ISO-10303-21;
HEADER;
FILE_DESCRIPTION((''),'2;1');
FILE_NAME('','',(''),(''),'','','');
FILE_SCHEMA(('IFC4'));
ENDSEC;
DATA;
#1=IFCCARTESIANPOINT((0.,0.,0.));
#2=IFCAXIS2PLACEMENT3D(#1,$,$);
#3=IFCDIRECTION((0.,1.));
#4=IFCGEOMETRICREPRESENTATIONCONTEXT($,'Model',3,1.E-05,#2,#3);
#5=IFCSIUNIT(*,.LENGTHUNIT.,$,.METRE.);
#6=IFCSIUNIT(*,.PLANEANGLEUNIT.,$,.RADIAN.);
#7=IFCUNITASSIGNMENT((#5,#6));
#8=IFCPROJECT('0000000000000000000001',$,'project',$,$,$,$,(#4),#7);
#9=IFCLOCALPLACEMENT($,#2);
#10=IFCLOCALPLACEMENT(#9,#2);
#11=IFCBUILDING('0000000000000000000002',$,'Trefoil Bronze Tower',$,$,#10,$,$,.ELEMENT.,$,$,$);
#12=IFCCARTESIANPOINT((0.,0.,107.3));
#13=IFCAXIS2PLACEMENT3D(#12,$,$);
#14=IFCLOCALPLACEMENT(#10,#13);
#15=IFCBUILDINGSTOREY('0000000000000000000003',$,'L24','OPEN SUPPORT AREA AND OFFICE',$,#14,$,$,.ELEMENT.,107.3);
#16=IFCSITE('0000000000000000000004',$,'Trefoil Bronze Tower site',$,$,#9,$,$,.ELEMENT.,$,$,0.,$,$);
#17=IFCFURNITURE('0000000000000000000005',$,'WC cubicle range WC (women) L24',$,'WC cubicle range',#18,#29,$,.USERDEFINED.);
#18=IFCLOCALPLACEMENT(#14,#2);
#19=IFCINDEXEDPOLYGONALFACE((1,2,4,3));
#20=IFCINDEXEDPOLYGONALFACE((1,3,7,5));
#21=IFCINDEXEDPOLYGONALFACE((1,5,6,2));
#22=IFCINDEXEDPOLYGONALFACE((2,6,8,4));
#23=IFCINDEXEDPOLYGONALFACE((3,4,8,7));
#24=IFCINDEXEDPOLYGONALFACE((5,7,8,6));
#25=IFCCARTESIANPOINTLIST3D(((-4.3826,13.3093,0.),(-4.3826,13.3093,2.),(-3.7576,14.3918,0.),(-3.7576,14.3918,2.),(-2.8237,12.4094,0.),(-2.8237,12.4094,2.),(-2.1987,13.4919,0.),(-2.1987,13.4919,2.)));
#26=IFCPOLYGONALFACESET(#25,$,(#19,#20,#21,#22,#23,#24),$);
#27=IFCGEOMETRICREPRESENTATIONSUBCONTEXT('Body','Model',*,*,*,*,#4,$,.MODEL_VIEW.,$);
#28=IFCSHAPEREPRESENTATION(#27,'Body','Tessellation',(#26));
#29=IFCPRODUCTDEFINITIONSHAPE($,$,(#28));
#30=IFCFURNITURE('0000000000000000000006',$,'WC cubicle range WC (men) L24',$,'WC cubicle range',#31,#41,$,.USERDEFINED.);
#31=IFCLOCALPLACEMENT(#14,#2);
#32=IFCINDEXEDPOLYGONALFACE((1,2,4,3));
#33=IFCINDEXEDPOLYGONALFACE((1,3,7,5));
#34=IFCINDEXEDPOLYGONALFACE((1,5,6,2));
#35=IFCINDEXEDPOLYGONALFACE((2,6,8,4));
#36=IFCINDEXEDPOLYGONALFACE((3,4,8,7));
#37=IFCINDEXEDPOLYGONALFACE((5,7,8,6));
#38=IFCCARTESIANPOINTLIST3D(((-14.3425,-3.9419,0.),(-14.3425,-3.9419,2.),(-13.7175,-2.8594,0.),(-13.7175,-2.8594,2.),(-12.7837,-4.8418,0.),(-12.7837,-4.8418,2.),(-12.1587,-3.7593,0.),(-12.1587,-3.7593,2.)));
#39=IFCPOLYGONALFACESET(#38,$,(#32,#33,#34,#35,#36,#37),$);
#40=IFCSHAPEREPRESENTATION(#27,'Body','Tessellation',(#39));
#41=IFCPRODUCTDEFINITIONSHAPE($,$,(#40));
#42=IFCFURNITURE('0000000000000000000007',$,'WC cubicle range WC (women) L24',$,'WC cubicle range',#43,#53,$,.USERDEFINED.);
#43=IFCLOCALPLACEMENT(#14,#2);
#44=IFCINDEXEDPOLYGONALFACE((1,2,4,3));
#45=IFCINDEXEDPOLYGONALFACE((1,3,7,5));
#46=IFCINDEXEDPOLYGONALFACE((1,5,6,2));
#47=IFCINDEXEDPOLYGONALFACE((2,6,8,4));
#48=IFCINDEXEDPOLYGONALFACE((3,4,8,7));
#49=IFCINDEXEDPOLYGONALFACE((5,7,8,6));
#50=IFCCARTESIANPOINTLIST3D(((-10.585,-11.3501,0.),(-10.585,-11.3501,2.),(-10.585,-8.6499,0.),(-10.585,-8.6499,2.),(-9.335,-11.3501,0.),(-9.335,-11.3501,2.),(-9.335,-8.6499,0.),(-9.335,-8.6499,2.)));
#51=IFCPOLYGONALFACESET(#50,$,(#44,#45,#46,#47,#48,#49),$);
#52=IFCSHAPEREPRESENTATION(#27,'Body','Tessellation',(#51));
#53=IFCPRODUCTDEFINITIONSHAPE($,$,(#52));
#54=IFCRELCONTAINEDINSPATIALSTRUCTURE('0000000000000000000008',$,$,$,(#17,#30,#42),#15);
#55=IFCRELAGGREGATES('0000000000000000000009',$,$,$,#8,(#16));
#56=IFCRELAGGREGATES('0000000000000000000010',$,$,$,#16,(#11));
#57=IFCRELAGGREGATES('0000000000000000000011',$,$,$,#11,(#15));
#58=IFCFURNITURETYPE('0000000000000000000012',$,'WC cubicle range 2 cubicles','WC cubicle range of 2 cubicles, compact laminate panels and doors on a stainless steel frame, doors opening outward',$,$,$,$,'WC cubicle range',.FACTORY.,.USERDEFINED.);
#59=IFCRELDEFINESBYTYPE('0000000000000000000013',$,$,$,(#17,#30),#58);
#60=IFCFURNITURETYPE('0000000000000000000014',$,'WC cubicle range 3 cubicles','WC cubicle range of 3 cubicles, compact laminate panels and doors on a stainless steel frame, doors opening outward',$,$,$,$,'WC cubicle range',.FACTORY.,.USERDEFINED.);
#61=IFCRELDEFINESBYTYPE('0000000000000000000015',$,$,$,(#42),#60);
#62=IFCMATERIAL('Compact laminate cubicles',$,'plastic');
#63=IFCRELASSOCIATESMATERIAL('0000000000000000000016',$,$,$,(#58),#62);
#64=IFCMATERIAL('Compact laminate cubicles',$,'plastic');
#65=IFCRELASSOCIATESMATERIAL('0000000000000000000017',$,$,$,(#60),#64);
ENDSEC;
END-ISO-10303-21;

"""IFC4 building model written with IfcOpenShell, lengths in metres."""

from ifc_helpers import new_model, si_unit, direction, frame, origin, place, context, subcontext, project, spatial, polyline, outline, extrude, material, type_object, element, save


model = new_model("IFC4")

# Units and contexts
model_context = context("Model", 3, precision=1e-05, world=origin(), true_north=direction((0.0, 1.0)))
body_context = subcontext(model_context, "Body", "Model", "MODEL_VIEW")
ifc_project = project(units=[si_unit("LENGTHUNIT", "METRE"), si_unit("PLANEANGLEUNIT", "RADIAN")], contexts=[model_context])

# Site, building, storey
site_placement = place(None, origin())
site = spatial("IfcSite", under=ifc_project, at=site_placement, Name="Trefoil Bronze Tower site", CompositionType="ELEMENT", RefElevation=0.0)
building_placement = place(site_placement, origin())
building = spatial("IfcBuilding", under=site, at=building_placement, Name="Trefoil Bronze Tower", CompositionType="ELEMENT")
storey_placement = place(building_placement, frame((0.0, 0.0, 107.3)))
storey = spatial("IfcBuildingStorey", under=building, at=storey_placement, Name="L24", Description="OPEN SUPPORT AREA AND OFFICE", CompositionType="ELEMENT", Elevation=107.3)

# Furniture
ifc_material_1 = material(Name="Compact laminate cubicles", Category="plastic")
furniture_type_1 = type_object("IfcFurnitureType", Name="WC cubicle range 2 cubicles", Description="WC cubicle range of 2 cubicles, compact laminate panels and doors on a stainless steel frame, doors opening outward", ElementType="WC cubicle range", AssemblyPlace="FACTORY", PredefinedType="USERDEFINED", material=ifc_material_1)
furniture_1_placement = place(storey_placement, origin())
element("IfcFurniture", 1, at=furniture_1_placement, inside=storey, type_object=furniture_type_1, Name="WC cubicle range WC (women) L24", ObjectType="WC cubicle range", PredefinedType="USERDEFINED", context=body_context, shape_type="SweptSolid", body=[
    extrude(outline(polyline([(-2.8237, 12.4094), (-2.1987, 13.4919), (-3.7576, 14.3918), (-4.3826, 13.3093), (-2.8237, 12.4094)])), origin(), (0.0, 0.0, 1.0), 2.0),
])
furniture_2_placement = place(storey_placement, origin())
element("IfcFurniture", 2, at=furniture_2_placement, inside=storey, type_object=furniture_type_1, Name="WC cubicle range WC (men) L24", ObjectType="WC cubicle range", PredefinedType="USERDEFINED", context=body_context, shape_type="SweptSolid", body=[
    extrude(outline(polyline([(-12.1587, -3.7593), (-12.7837, -4.8418), (-14.3425, -3.9419), (-13.7175, -2.8594), (-12.1587, -3.7593)])), origin(), (0.0, 0.0, 1.0), 2.0),
])
ifc_material_2 = material(Name="Compact laminate cubicles", Category="plastic")
furniture_type_2 = type_object("IfcFurnitureType", Name="WC cubicle range 3 cubicles", Description="WC cubicle range of 3 cubicles, compact laminate panels and doors on a stainless steel frame, doors opening outward", ElementType="WC cubicle range", AssemblyPlace="FACTORY", PredefinedType="USERDEFINED", material=ifc_material_2)
furniture_3_placement = place(storey_placement, origin())
element("IfcFurniture", 3, at=furniture_3_placement, inside=storey, type_object=furniture_type_2, Name="WC cubicle range WC (women) L24", ObjectType="WC cubicle range", PredefinedType="USERDEFINED", context=body_context, shape_type="SweptSolid", body=[
    extrude(outline(polyline([(-9.335, -8.6499), (-10.585, -8.6499), (-10.585, -11.3501), (-9.335, -11.3501), (-9.335, -8.6499)])), origin(), (0.0, 0.0, 1.0), 2.0),
])

save(model, "model.ifc")
